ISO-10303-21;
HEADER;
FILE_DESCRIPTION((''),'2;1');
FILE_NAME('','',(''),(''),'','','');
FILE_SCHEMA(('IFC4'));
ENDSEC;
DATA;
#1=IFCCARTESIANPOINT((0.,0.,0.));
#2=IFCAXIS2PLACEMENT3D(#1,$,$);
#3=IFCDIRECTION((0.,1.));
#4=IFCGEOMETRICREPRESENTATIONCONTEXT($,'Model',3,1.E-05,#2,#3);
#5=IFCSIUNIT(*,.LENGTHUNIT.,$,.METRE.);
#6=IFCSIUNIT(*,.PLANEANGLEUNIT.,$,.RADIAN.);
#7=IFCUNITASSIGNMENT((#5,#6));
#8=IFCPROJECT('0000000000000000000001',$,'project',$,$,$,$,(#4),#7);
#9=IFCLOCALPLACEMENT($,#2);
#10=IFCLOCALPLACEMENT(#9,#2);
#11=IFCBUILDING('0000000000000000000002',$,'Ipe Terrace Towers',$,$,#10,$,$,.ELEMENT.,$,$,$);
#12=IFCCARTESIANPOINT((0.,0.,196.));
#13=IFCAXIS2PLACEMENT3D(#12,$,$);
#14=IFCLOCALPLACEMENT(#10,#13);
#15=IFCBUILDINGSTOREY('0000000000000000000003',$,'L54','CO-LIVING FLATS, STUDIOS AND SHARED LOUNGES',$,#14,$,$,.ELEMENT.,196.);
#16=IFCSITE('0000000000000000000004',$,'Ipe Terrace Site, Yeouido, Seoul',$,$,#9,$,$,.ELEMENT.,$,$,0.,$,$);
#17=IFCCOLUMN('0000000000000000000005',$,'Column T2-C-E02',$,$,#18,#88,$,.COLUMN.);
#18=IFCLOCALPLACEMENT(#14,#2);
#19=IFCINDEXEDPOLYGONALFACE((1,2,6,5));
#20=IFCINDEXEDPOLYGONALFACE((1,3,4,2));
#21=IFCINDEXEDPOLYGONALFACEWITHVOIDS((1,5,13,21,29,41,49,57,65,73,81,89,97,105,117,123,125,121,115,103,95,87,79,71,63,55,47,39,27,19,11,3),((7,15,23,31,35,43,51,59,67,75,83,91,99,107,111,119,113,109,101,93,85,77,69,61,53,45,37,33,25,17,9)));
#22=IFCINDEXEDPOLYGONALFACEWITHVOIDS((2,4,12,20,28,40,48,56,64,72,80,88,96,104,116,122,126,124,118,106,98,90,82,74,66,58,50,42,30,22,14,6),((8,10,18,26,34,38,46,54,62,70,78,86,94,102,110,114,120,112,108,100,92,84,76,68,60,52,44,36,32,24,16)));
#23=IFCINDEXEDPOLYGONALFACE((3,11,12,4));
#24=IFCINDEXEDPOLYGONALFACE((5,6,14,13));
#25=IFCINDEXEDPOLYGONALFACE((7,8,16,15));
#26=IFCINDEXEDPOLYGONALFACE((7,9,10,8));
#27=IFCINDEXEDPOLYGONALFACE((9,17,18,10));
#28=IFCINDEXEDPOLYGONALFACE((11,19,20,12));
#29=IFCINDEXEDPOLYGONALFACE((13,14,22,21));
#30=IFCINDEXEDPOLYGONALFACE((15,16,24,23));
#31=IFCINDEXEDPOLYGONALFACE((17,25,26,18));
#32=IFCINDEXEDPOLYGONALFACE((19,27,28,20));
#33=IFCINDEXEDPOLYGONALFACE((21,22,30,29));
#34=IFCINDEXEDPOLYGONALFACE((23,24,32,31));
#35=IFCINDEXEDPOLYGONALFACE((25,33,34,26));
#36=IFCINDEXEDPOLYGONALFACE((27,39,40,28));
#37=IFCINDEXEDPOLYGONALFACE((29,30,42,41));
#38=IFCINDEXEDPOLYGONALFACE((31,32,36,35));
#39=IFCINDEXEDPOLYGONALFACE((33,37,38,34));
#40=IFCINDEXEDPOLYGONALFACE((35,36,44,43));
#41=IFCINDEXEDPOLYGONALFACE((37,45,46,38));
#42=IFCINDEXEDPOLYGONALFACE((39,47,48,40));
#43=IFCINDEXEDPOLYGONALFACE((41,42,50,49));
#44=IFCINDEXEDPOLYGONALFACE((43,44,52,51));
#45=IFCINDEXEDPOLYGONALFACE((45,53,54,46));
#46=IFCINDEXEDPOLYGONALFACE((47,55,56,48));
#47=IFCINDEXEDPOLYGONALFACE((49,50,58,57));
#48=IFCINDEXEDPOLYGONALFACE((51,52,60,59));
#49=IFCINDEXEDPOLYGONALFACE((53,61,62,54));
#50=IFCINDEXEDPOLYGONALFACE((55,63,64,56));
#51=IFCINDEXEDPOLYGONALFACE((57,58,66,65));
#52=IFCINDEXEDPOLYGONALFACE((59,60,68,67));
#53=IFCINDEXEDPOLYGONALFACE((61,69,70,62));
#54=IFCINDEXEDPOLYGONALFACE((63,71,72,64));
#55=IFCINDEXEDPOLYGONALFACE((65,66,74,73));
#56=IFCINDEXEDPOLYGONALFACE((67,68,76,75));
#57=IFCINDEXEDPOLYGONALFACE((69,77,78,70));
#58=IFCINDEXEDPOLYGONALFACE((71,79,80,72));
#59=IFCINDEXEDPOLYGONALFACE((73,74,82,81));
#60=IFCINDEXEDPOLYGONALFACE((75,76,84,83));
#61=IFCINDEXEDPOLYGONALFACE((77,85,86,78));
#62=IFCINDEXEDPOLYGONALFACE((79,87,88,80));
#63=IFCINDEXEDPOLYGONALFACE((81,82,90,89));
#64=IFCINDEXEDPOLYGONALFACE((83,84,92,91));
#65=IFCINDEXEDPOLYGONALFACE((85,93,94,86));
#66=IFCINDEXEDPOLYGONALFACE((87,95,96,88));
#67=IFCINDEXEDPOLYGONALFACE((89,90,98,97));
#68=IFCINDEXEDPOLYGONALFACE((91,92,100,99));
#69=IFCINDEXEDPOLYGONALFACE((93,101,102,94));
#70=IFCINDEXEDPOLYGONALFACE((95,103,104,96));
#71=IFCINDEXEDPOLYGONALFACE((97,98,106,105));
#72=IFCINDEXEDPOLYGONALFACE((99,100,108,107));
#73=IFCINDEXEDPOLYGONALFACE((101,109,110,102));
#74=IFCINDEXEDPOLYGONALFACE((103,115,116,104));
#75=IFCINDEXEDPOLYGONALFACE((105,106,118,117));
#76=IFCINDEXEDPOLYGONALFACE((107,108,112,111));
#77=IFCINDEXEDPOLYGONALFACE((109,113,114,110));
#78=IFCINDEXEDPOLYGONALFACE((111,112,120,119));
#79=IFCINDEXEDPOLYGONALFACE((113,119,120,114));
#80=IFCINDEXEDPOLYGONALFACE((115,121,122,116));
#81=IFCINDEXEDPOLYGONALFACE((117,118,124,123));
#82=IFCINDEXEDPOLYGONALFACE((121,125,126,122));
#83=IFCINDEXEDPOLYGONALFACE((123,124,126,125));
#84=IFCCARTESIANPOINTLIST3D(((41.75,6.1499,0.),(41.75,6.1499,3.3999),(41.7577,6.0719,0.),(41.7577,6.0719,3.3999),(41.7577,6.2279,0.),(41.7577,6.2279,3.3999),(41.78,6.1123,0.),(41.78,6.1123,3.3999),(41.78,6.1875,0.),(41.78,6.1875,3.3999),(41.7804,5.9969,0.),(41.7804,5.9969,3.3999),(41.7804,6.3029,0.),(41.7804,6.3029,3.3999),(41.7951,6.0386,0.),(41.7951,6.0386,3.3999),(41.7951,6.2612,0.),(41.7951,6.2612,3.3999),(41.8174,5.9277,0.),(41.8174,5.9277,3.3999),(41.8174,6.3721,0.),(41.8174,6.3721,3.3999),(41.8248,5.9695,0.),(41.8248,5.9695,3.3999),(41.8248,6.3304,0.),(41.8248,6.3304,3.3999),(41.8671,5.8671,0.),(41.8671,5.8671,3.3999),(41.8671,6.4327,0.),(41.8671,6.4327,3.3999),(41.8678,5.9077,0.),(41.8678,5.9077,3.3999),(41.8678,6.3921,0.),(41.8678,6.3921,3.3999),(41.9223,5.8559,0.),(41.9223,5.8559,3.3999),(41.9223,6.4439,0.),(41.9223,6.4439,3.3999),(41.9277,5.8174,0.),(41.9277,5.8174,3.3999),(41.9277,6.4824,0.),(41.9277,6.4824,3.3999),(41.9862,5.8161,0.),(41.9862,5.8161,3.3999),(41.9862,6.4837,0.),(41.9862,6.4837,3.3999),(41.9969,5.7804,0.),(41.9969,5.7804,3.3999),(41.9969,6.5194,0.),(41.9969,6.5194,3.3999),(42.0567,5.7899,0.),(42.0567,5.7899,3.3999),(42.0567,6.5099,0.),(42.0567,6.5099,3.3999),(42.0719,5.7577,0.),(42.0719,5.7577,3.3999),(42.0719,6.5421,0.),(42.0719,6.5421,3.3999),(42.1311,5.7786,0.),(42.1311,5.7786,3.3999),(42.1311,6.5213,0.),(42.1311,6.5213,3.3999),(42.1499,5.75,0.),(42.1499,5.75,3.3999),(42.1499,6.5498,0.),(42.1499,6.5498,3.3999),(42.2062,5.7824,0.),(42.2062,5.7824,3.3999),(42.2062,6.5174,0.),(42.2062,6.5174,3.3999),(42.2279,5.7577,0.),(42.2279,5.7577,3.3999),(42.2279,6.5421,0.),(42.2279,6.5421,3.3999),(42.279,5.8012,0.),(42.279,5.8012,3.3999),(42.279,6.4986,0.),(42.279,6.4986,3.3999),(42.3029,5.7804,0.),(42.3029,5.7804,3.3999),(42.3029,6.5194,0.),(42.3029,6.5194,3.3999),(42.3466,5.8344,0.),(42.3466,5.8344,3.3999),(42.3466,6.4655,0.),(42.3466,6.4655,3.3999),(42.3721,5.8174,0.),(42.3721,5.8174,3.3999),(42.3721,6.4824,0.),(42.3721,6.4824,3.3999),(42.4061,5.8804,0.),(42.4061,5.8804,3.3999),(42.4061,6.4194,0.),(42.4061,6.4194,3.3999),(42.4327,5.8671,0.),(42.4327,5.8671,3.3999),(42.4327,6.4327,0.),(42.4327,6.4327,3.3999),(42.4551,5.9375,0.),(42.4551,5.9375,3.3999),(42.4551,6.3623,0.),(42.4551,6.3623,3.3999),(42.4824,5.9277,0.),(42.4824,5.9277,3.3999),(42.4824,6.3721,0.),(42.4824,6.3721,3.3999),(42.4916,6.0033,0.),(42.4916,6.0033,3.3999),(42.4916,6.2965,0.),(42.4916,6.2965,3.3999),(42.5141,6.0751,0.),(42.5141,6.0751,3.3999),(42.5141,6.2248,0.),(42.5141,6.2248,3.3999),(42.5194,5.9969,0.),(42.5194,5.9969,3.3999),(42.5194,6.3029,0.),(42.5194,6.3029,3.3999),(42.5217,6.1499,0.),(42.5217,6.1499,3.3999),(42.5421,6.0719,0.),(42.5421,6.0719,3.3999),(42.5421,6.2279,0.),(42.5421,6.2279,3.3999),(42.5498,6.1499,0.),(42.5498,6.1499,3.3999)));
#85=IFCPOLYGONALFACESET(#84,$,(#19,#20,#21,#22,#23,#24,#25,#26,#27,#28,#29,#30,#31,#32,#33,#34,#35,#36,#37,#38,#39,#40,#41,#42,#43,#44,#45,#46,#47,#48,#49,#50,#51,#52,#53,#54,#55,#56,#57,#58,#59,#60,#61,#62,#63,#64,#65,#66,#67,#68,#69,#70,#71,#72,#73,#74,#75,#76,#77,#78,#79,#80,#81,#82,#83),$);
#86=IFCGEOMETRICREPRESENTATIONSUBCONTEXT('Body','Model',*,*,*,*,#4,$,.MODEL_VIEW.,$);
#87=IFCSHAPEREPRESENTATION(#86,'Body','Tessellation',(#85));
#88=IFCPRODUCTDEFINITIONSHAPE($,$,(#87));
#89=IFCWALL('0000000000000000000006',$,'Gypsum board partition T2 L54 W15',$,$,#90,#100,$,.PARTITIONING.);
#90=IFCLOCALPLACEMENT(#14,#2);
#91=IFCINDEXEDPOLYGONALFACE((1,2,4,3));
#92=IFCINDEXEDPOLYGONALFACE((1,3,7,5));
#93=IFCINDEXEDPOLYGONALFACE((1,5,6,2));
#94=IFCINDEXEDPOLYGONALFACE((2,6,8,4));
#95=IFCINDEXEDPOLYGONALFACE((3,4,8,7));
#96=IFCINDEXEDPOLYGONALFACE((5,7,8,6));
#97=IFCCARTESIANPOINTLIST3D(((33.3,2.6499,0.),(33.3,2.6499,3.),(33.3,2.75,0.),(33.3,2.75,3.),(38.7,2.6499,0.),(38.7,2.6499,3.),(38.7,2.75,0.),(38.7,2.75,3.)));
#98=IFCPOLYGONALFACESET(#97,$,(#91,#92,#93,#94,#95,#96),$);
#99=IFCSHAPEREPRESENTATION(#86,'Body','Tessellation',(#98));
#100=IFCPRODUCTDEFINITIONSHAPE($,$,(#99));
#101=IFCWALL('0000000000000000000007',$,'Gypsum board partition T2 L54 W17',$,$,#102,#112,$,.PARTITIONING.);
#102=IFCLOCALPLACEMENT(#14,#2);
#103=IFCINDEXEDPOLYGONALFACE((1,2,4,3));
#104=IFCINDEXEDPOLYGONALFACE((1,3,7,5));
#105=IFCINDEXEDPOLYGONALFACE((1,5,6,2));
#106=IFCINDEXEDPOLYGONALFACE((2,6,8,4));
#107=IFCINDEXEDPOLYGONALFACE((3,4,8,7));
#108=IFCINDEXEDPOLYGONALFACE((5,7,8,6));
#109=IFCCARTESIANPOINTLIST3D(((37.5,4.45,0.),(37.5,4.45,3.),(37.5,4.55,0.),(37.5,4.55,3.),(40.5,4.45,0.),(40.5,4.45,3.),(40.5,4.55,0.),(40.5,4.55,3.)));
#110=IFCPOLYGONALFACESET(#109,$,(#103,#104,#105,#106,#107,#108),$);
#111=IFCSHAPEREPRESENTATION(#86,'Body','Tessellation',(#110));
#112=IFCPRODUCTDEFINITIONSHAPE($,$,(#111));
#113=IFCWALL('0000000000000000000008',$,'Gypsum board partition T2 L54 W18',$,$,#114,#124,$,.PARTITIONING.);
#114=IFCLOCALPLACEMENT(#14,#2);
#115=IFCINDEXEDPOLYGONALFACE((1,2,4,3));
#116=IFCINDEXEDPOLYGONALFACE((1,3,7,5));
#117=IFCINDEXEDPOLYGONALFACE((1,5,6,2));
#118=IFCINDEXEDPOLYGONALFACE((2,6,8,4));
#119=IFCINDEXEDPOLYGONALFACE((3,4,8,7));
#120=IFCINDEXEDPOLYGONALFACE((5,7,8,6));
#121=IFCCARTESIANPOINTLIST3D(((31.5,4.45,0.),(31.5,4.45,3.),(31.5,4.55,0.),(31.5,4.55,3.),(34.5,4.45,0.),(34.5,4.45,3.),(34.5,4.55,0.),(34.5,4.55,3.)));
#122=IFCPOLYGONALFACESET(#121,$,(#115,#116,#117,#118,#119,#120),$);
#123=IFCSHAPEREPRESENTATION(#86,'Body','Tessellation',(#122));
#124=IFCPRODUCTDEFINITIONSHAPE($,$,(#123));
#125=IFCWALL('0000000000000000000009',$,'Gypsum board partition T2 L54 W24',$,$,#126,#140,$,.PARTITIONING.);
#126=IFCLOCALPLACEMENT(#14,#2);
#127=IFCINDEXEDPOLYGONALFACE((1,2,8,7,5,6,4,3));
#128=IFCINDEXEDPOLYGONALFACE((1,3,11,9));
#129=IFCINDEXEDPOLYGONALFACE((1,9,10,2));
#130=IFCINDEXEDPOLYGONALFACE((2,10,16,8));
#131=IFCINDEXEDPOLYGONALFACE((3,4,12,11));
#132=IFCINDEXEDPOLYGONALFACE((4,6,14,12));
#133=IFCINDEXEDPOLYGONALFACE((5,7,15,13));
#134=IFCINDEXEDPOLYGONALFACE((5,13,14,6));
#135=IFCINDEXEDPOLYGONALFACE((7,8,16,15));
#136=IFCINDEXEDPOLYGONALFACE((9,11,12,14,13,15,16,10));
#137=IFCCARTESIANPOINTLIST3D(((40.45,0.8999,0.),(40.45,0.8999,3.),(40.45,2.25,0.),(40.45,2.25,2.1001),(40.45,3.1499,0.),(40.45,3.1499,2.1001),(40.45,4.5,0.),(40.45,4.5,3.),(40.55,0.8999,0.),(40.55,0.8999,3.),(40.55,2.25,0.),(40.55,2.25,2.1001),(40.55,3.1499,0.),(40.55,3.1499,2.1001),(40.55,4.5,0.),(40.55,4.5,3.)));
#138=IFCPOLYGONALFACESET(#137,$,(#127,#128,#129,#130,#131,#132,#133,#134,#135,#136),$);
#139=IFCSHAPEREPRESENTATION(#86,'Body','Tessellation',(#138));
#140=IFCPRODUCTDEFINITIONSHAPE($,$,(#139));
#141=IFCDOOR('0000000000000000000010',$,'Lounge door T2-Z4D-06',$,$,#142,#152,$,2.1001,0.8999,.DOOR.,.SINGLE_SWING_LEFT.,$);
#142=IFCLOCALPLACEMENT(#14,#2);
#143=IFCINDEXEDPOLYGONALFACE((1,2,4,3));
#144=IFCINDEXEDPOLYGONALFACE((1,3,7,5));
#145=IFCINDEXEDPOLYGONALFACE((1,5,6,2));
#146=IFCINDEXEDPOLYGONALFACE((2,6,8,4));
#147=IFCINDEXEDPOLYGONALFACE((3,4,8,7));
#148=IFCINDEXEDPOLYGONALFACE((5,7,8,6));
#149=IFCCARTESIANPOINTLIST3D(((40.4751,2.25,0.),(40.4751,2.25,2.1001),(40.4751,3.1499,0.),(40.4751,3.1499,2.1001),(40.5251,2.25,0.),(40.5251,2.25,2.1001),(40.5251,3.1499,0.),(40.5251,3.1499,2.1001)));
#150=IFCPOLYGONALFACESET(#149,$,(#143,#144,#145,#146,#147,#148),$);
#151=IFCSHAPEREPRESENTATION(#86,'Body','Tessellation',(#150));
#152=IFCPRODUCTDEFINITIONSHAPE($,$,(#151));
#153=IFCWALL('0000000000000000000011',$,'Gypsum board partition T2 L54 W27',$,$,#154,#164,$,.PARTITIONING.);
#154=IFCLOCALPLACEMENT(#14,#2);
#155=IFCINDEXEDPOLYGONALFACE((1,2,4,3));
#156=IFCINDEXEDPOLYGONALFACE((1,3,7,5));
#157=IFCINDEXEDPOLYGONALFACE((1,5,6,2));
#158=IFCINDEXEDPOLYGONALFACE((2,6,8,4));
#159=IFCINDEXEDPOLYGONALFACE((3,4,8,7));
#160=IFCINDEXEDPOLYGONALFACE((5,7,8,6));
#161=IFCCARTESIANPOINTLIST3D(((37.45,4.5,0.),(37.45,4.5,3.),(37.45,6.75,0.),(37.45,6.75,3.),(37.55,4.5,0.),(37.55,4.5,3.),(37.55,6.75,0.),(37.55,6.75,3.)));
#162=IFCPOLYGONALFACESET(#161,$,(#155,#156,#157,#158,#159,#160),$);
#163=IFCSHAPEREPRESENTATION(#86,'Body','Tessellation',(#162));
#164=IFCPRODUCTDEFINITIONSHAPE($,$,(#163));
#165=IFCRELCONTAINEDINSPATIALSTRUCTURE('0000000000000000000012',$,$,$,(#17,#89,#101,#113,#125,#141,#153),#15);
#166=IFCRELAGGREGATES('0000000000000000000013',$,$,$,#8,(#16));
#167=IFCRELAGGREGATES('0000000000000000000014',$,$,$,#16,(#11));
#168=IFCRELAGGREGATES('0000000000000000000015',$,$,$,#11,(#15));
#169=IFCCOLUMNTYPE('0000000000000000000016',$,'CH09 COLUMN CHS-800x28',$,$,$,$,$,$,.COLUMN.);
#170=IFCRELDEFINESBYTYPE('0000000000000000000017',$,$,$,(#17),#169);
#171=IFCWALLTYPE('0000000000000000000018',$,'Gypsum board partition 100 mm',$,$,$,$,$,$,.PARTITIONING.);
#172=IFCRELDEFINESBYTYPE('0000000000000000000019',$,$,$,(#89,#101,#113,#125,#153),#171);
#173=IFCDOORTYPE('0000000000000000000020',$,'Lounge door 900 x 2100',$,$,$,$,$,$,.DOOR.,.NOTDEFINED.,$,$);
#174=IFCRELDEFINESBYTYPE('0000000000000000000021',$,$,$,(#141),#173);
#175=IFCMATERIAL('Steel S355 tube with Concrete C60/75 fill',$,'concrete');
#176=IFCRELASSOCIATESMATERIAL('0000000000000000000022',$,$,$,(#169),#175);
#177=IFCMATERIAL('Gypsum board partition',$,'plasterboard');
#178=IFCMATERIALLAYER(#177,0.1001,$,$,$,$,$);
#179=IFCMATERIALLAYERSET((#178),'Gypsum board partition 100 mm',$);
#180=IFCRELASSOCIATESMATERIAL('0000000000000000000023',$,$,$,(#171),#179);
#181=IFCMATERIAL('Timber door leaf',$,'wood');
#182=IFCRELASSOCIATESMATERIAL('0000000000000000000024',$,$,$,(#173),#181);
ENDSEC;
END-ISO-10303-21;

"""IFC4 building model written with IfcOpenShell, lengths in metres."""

from ifc_helpers import new_model, si_unit, direction, frame, frame_2d, origin, origin_2d, place, context, subcontext, project, spatial, rectangle, hollow_circle, extrude, material, layer, layer_set, material_profile, profile_set, type_object, element, fill, save


model = new_model("IFC4")

# Units and contexts
model_context = context("Model", 3, precision=1e-05, world=origin(), true_north=direction((0.0, 1.0)))
body_context = subcontext(model_context, "Body", "Model", "MODEL_VIEW")
ifc_project = project(units=[si_unit("LENGTHUNIT", "METRE"), si_unit("PLANEANGLEUNIT", "RADIAN")], contexts=[model_context])

# Site, building, storey
site_placement = place(None, origin())
site = spatial("IfcSite", under=ifc_project, at=site_placement, Name="Ipe Terrace Site, Yeouido, Seoul", CompositionType="ELEMENT", RefElevation=0.0)
building_placement = place(site_placement, origin())
building = spatial("IfcBuilding", under=site, at=building_placement, Name="Ipe Terrace Towers", CompositionType="ELEMENT")
storey_placement = place(building_placement, frame((0.0, 0.0, 196.0)))
storey = spatial("IfcBuildingStorey", under=building, at=storey_placement, Name="L54", Description="CO-LIVING FLATS, STUDIOS AND SHARED LOUNGES", CompositionType="ELEMENT", Elevation=196.0)

# Column
ifc_material_1 = material(Name="Steel S355 tube with Concrete C60/75 fill", Category="concrete")
ifc_material_profile_1 = material_profile(ifc_material_1, hollow_circle(Radius=0.3999, WallThickness=0.0281, at=origin_2d()), Name="CHS-800x28")
ifc_profile_set_1 = profile_set([ifc_material_profile_1], Name="Steel S355 tube with Concrete C60/75 fill")
column_type = type_object("IfcColumnType", Name="CH09 COLUMN CHS-800x28", PredefinedType="COLUMN", material=ifc_profile_set_1)
column_placement = place(storey_placement, frame((42.1499, 6.1499, 0.0), z_axis=(0.0, 0.0, 1.0), x_axis=(1.0, 0.0, 0.0)))
element("IfcColumn", 1, at=column_placement, inside=storey, type_object=column_type, Name="Column T2-C-E02", PredefinedType="COLUMN", context=body_context, shape_type="SweptSolid", body=[
    extrude(hollow_circle(Radius=0.3999, WallThickness=0.0281, at=origin_2d()), origin(), (0.0, 0.0, 1.0), 3.3999),
])

# Walls
ifc_material_2 = material(Name="Gypsum board partition", Category="plasterboard")
ifc_layer_1 = layer(ifc_material_2, 0.1001)
ifc_layer_set_1 = layer_set([ifc_layer_1], Name="Gypsum board partition 100 mm")
wall_type_1 = type_object("IfcWallType", Name="Gypsum board partition 100 mm", PredefinedType="PARTITIONING", material=ifc_layer_set_1)
wall_1_placement = place(storey_placement, frame((38.7, 2.7, 0.0), z_axis=(0.0, 0.0, 1.0), x_axis=(-1.0, 0.0, 0.0)))
element("IfcWall", 2, at=wall_1_placement, inside=storey, type_object=wall_type_1, Name="Gypsum board partition T2 L54 W15", PredefinedType="PARTITIONING", context=body_context, shape_type="SweptSolid", body=[
    extrude(rectangle(XDim=5.3999, YDim=0.1001, at=frame_2d((2.7, 0.0))), origin(), (0.0, 0.0, 1.0), 3.0),
])
for number, where, z_axis, x_axis, name in (
    (3, (40.5, 4.5, 0.0), (0.0, 0.0, 1.0), (-1.0, 0.0, 0.0), "Gypsum board partition T2 L54 W17"),
    (4, (34.5, 4.5, 0.0), (0.0, 0.0, 1.0), (-1.0, 0.0, 0.0), "Gypsum board partition T2 L54 W18"),
):
    element("IfcWall", number, at=place(storey_placement, frame(where, z_axis=z_axis, x_axis=x_axis)), inside=storey, type_object=wall_type_1, Name=name, PredefinedType="PARTITIONING", context=body_context, shape_type="SweptSolid", body=[
        extrude(rectangle(XDim=3.0, YDim=0.1001, at=frame_2d((1.5, 0.0))), origin(), (0.0, 0.0, 1.0), 3.0),
    ])

# Wall, opening, door
wall_2_placement = place(storey_placement, frame((40.5, 0.8999, 0.0), z_axis=(0.0, 0.0, 1.0), x_axis=(0.0, 1.0, 0.0)))
wall_2 = element("IfcWall", 5, at=wall_2_placement, inside=storey, type_object=wall_type_1, Name="Gypsum board partition T2 L54 W24", PredefinedType="PARTITIONING", context=body_context, shape_type="SweptSolid", body=[
    extrude(rectangle(XDim=3.6001, YDim=0.1001, at=frame_2d((1.8, 0.0))), origin(), (0.0, 0.0, 1.0), 3.0),
])
opening_1_placement = place(wall_2_placement, frame((1.3501, 0.0, 0.0)))
opening_1 = element("IfcOpeningElement", 6, at=opening_1_placement, cuts=wall_2, PredefinedType="OPENING", context=body_context, shape_type="SweptSolid", body=[
    extrude(rectangle(XDim=0.8999, YDim=2.1001, at=frame_2d((0.45, 1.05))), frame((0.0, 0.0601, 0.0), z_axis=(0.0, -1.0, 0.0), x_axis=(1.0, 0.0, 0.0)), (0.0, 0.0, 1.0), 0.1201),
])
ifc_material_3 = material(Name="Timber door leaf", Category="wood")
door_type_1 = type_object("IfcDoorType", Name="Lounge door 900 x 2100", OperationType="NOTDEFINED", PredefinedType="DOOR", material=ifc_material_3)
door_1_placement = place(opening_1_placement, origin())
door_1 = element("IfcDoor", 7, at=door_1_placement, inside=storey, type_object=door_type_1, Name="Lounge door T2-Z4D-06", OperationType="SINGLE_SWING_LEFT", OverallHeight=2.1001, OverallWidth=0.8999, PredefinedType="DOOR", context=body_context, shape_type="SweptSolid", body=[
    extrude(rectangle(XDim=0.8999, YDim=2.1001, at=frame_2d((0.45, 1.05))), frame((0.0, 0.0249, 0.0), z_axis=(0.0, -1.0, 0.0), x_axis=(1.0, 0.0, 0.0)), (0.0, 0.0, 1.0), 0.05),
])
fill(opening_1, door_1)

# Wall
wall_3_placement = place(storey_placement, frame((37.5, 4.5, 0.0), z_axis=(0.0, 0.0, 1.0), x_axis=(0.0, 1.0, 0.0)))
element("IfcWall", 8, at=wall_3_placement, inside=storey, type_object=wall_type_1, Name="Gypsum board partition T2 L54 W27", PredefinedType="PARTITIONING", context=body_context, shape_type="SweptSolid", body=[
    extrude(rectangle(XDim=2.25, YDim=0.1001, at=frame_2d((1.125, 0.0))), origin(), (0.0, 0.0, 1.0), 3.0),
])

save(model, "model.ifc")
